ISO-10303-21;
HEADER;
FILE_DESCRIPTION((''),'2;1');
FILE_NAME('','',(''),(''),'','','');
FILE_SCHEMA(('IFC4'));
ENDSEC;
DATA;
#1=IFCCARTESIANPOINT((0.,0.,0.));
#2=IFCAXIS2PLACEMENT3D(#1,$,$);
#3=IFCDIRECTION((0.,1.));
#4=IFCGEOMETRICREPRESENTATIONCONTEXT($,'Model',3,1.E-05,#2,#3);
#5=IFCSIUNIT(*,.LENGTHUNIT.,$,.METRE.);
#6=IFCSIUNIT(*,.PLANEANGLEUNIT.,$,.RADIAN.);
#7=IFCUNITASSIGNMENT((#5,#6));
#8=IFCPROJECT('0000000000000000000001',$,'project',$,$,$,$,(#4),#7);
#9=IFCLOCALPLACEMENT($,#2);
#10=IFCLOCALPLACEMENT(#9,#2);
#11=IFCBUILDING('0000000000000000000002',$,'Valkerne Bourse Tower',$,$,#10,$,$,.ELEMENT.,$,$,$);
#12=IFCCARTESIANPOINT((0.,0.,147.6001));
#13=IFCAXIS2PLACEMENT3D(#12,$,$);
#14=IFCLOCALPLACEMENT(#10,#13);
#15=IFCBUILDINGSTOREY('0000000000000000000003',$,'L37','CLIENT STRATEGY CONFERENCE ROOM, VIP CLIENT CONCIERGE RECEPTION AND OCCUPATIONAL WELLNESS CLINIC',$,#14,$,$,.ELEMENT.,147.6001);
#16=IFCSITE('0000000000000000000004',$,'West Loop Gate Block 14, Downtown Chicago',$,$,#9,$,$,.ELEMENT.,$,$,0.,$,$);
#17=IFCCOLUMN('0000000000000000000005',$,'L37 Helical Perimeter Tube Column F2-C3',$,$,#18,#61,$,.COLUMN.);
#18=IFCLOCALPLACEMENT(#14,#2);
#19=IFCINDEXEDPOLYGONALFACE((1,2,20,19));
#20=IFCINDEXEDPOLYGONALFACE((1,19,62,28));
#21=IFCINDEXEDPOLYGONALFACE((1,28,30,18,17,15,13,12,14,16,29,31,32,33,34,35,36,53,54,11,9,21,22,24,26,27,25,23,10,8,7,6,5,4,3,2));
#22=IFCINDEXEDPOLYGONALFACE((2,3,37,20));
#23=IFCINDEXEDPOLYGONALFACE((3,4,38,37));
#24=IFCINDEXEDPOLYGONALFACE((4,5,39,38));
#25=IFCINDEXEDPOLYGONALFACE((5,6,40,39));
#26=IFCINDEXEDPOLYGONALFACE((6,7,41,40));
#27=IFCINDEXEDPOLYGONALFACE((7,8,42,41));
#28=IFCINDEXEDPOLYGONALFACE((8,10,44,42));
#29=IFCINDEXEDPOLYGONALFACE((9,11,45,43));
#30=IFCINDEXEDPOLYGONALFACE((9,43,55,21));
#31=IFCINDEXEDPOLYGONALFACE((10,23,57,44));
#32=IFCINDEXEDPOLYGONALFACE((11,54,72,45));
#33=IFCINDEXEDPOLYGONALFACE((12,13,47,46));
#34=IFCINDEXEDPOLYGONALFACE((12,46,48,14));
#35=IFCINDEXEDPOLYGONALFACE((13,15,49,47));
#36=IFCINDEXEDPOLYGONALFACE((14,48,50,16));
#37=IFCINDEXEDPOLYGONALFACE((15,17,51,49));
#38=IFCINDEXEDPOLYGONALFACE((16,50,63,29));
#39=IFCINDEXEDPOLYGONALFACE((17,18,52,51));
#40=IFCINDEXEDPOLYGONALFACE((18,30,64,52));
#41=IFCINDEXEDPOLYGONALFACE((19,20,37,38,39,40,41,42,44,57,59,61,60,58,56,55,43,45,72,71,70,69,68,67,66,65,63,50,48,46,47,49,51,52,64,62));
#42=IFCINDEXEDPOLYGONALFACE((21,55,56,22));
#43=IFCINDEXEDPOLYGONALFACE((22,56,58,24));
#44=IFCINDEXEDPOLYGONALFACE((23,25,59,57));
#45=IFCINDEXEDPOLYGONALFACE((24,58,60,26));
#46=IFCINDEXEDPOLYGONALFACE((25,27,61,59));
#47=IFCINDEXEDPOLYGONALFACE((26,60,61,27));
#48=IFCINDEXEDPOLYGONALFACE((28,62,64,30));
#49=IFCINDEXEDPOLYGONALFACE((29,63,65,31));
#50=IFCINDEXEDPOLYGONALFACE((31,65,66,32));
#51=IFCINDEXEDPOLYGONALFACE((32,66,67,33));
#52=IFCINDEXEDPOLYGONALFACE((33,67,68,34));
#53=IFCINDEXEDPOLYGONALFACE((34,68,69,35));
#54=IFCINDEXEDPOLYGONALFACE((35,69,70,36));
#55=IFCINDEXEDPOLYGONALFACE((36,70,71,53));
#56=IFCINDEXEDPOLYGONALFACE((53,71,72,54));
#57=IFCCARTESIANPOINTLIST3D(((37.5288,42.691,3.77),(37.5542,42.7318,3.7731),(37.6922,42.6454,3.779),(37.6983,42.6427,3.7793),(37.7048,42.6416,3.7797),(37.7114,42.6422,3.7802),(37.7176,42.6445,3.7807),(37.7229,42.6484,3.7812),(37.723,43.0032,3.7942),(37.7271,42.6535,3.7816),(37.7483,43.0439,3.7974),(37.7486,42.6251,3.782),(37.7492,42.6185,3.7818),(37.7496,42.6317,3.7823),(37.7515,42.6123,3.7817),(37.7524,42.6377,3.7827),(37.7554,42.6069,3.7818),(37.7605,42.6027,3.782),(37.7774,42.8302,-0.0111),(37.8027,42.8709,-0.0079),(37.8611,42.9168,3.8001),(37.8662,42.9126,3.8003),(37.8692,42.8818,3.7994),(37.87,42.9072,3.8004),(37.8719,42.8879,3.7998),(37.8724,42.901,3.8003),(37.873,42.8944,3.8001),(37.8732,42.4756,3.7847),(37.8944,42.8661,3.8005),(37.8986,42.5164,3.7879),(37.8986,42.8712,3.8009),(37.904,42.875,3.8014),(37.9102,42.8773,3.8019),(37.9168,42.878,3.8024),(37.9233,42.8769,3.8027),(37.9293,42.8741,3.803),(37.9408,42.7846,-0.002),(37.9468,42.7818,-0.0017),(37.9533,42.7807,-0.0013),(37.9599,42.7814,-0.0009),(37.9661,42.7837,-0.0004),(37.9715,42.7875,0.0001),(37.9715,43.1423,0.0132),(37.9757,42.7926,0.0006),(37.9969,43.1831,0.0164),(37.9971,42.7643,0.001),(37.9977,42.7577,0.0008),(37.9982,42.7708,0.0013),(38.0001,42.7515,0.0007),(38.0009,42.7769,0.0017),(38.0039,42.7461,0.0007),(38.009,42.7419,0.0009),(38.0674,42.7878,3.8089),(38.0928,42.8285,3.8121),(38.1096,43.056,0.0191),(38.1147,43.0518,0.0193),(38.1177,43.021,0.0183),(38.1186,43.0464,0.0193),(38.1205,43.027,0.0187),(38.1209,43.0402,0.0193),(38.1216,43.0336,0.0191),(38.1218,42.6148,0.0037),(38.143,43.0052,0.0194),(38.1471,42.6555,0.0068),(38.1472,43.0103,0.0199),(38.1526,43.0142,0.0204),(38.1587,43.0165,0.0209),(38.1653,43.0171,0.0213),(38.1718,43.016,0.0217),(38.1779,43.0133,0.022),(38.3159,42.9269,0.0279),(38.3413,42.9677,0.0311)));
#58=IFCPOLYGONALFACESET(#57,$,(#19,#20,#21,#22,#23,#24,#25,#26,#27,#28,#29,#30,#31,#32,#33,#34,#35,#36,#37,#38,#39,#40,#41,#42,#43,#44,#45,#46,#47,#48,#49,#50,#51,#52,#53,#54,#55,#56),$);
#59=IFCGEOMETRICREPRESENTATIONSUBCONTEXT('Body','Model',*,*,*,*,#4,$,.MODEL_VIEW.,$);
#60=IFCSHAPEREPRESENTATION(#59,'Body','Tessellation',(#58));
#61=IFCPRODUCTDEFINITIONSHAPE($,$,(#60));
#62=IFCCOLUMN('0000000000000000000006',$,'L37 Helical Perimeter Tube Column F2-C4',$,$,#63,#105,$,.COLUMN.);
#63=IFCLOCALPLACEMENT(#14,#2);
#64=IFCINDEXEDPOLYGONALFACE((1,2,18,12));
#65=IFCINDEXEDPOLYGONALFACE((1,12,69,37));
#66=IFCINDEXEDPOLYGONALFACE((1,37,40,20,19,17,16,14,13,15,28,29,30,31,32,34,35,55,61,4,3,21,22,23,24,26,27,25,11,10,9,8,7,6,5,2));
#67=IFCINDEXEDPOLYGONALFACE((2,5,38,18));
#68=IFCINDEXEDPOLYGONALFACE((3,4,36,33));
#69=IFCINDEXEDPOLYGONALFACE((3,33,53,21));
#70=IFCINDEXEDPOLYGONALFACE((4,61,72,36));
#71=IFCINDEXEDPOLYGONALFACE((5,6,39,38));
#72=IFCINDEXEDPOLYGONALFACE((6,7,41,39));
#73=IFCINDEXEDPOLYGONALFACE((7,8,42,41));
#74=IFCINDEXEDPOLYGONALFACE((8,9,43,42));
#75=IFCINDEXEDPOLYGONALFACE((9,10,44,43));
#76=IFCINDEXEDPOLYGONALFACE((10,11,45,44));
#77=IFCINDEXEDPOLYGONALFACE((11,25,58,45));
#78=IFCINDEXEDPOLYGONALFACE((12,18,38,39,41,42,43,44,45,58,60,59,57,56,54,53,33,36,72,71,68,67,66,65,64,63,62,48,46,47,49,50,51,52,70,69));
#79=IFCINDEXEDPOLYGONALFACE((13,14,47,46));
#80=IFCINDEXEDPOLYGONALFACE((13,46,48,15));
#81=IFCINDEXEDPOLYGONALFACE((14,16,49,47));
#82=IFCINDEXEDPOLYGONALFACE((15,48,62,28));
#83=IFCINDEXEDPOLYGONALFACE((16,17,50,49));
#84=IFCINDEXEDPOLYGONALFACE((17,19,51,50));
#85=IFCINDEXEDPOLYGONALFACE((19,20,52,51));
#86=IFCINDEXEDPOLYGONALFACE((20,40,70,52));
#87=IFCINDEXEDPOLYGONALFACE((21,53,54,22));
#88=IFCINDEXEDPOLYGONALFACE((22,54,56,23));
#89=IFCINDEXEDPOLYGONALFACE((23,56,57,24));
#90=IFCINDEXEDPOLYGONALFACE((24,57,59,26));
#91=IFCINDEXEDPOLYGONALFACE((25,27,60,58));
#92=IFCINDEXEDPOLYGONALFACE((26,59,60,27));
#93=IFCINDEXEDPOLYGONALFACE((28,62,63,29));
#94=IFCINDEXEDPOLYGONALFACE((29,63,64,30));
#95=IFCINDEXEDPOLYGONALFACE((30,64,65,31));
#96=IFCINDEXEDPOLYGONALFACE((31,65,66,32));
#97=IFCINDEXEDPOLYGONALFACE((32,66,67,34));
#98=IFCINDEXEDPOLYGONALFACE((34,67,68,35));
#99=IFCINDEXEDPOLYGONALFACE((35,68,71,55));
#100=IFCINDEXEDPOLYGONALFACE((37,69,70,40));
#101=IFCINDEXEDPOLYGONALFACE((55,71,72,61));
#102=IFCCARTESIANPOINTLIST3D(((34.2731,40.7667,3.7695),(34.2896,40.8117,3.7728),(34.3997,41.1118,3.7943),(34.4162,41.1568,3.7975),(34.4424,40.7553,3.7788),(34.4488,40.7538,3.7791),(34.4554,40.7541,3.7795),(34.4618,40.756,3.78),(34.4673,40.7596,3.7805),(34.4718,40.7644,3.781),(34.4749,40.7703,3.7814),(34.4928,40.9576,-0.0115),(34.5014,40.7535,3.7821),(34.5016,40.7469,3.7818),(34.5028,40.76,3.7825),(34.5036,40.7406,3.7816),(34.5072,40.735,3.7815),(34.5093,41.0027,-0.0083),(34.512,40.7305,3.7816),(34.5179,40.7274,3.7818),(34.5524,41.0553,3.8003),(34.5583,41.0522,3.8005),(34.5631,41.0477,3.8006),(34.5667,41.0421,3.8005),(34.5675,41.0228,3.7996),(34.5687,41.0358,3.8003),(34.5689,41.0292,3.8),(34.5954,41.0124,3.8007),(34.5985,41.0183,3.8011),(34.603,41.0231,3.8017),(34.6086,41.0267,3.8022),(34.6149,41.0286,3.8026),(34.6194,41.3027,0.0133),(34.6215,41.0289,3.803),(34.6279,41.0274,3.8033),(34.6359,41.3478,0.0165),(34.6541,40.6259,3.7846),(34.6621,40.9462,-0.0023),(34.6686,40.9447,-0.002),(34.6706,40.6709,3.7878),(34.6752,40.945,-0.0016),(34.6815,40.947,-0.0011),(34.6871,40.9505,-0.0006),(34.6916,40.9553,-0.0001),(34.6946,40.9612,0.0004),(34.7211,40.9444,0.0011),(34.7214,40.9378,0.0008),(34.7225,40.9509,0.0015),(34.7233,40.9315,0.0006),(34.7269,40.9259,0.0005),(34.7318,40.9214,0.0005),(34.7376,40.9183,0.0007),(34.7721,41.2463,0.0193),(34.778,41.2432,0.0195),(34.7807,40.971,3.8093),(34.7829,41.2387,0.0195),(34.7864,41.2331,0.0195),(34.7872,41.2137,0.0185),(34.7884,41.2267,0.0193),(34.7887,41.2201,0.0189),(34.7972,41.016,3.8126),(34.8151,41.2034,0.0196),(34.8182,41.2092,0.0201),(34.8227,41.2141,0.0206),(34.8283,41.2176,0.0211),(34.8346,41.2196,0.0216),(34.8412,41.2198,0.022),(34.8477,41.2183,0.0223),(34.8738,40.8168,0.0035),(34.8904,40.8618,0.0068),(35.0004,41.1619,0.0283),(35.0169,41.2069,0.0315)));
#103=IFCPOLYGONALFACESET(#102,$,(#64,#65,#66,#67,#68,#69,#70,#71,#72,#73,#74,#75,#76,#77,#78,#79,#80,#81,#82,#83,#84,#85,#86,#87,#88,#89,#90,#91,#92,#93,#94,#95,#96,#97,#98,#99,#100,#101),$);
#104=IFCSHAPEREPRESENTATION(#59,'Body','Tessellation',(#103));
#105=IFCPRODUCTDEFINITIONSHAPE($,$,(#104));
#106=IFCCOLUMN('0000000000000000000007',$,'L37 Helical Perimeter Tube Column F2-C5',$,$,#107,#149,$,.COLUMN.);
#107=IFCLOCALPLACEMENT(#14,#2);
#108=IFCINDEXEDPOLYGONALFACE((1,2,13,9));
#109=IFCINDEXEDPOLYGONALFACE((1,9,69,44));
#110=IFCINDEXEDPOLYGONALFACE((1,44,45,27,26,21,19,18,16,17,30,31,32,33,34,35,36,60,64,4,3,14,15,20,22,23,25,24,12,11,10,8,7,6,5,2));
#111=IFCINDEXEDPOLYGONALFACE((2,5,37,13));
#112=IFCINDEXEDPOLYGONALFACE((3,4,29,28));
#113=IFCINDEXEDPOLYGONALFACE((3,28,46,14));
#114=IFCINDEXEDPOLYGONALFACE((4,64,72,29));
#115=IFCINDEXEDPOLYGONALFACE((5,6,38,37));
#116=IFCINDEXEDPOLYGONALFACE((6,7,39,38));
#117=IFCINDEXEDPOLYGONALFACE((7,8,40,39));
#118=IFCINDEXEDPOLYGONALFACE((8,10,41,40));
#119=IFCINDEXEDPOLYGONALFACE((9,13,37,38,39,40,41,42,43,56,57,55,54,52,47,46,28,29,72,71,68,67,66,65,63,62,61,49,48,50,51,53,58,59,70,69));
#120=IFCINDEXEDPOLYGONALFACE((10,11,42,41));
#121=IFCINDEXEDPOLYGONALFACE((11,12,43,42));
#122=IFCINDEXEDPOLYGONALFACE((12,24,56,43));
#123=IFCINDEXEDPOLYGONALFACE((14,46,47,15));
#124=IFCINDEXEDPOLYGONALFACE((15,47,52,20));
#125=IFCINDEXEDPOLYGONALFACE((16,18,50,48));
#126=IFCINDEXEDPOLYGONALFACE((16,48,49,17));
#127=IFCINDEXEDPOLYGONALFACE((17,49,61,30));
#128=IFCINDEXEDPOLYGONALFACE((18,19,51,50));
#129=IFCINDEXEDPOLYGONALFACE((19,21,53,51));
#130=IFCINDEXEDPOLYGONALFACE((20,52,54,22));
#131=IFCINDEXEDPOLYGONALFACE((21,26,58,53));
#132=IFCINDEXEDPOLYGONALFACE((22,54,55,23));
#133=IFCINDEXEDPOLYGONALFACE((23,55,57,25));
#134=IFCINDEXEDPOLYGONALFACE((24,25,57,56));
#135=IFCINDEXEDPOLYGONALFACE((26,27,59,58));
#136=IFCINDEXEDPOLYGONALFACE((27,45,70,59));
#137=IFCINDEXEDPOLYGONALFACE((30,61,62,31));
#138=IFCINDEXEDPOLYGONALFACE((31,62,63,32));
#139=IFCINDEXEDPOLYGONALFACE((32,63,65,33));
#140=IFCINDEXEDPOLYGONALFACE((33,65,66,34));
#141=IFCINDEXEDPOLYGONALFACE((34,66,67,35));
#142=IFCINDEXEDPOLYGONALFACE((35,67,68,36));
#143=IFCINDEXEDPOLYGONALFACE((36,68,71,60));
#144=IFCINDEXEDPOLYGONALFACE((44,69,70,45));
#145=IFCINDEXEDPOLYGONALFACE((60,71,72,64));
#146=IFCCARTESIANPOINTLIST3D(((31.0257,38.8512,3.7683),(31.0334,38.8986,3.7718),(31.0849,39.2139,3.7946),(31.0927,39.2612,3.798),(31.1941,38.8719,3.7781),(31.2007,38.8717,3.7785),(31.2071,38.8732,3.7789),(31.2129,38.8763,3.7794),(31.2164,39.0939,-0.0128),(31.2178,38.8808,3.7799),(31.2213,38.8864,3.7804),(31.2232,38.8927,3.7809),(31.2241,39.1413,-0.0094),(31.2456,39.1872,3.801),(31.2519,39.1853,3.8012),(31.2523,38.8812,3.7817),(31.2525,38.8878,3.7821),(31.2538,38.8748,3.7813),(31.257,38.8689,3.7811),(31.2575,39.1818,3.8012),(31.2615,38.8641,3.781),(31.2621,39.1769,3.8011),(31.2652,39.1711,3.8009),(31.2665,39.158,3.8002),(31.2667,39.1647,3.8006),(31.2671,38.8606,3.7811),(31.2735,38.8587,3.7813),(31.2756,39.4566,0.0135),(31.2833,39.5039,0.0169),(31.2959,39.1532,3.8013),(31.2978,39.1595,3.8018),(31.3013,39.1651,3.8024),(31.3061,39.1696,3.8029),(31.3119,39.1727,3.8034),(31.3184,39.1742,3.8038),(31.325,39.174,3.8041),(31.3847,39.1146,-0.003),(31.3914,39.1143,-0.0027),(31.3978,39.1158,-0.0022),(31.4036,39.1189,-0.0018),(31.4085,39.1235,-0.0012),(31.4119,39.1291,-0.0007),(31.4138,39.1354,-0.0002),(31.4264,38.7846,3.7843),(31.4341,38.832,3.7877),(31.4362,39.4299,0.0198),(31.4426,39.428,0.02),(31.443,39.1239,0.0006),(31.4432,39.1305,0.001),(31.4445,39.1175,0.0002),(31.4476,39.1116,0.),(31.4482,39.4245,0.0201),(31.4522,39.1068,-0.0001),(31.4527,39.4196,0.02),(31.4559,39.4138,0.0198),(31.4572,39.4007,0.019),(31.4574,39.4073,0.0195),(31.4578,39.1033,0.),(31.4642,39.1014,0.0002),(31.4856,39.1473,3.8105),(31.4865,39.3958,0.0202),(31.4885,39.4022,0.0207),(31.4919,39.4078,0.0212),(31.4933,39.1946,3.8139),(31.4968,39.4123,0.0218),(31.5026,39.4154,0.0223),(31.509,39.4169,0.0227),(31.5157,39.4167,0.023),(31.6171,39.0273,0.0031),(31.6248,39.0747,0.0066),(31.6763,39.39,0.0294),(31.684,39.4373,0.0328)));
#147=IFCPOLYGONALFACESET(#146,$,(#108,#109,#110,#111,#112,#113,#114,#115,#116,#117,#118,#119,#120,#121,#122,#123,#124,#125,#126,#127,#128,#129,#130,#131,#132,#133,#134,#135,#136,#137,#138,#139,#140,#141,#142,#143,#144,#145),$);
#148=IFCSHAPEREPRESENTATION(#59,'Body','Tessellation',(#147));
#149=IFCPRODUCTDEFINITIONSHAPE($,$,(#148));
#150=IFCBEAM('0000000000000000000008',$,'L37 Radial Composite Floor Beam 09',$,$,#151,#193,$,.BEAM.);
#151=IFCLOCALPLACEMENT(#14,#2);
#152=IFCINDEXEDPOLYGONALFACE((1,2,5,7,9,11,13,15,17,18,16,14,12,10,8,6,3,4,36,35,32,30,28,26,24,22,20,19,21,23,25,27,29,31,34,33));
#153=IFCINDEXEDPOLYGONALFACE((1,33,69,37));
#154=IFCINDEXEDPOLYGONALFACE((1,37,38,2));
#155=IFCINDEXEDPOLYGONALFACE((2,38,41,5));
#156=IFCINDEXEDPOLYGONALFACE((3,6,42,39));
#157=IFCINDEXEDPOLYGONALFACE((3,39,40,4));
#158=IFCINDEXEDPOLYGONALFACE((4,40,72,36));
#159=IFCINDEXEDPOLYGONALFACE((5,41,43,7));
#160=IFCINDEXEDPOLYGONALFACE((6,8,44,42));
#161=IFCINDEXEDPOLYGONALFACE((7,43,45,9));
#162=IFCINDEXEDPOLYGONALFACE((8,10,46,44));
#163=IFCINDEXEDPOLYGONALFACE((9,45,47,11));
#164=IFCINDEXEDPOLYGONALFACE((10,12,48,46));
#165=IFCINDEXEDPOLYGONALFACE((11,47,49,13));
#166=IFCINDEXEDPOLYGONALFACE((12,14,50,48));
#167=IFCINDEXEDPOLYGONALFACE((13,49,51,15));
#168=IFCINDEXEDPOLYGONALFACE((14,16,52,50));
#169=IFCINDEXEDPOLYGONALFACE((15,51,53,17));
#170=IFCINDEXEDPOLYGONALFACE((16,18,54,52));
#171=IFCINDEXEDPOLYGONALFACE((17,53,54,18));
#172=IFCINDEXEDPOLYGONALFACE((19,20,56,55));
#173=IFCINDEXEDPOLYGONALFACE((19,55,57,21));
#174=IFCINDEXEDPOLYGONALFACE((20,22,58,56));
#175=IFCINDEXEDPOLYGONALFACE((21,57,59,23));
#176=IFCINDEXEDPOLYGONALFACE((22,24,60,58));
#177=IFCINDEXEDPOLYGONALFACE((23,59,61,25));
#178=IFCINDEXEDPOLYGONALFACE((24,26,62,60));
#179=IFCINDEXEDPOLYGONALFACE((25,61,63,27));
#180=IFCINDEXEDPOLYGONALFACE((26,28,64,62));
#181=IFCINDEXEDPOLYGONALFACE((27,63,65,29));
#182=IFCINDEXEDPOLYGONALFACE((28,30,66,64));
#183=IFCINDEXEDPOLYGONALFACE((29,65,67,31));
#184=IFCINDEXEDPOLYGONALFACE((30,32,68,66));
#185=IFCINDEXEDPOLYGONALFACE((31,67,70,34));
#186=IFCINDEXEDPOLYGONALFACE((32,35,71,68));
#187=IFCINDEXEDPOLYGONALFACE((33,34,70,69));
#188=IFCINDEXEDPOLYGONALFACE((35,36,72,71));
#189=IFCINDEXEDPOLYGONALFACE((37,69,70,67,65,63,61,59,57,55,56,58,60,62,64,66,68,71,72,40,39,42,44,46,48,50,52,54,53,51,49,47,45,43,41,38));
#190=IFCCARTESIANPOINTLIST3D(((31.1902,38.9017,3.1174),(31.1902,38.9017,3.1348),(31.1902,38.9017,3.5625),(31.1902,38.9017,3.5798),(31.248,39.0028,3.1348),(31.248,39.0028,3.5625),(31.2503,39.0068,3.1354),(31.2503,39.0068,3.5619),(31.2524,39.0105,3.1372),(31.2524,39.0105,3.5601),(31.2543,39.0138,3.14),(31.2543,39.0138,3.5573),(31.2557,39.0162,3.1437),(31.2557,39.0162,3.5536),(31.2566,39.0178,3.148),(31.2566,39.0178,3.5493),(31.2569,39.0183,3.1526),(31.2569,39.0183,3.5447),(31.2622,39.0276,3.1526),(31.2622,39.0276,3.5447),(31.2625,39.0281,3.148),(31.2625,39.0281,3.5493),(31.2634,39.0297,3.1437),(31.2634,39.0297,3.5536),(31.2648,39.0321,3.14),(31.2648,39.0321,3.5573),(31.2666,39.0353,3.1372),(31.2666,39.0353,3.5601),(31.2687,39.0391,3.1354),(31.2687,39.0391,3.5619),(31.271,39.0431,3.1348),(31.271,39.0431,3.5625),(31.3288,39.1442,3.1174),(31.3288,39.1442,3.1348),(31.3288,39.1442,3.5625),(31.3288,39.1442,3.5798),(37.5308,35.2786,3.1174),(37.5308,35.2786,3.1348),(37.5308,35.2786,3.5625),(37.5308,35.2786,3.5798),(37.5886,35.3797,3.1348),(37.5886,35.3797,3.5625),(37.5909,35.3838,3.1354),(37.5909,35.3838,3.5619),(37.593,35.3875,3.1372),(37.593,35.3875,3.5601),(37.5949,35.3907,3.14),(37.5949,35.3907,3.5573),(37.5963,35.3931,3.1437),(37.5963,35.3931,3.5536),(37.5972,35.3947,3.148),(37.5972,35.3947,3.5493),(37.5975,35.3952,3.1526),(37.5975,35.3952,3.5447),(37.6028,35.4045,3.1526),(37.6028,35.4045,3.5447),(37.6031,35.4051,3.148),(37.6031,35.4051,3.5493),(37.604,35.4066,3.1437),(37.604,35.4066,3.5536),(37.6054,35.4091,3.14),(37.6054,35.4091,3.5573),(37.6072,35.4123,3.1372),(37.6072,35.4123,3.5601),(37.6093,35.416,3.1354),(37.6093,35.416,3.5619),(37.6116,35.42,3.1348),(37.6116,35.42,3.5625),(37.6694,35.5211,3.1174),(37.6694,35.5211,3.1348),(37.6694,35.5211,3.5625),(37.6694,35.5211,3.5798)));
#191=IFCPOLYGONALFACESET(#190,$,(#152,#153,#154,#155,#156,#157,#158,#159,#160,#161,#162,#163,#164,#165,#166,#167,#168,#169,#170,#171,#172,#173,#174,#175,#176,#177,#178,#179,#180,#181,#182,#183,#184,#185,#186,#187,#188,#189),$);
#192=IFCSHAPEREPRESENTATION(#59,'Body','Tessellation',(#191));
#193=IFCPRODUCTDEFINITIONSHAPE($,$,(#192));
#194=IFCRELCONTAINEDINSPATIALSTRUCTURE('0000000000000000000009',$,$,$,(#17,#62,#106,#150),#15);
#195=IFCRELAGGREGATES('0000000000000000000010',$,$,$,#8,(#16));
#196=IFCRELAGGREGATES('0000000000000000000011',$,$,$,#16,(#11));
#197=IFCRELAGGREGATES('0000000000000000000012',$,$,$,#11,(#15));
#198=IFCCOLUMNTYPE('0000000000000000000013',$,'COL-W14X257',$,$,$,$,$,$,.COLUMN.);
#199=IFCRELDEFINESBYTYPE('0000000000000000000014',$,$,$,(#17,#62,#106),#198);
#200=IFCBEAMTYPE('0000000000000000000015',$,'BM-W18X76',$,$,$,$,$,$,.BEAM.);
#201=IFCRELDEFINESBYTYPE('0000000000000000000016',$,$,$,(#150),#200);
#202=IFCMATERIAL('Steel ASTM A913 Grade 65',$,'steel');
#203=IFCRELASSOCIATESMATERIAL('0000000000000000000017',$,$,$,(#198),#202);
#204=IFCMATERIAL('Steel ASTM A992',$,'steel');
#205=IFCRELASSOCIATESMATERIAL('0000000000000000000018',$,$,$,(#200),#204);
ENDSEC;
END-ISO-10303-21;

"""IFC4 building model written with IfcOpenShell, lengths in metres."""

from ifc_helpers import new_model, si_unit, direction, frame, origin, origin_2d, place, context, subcontext, project, spatial, i_section, extrude, material, material_profile, profile_set, type_object, element, save


model = new_model("IFC4")

# Units and contexts
model_context = context("Model", 3, precision=1e-05, world=origin(), true_north=direction((0.0, 1.0)))
body_context = subcontext(model_context, "Body", "Model", "MODEL_VIEW")
ifc_project = project(units=[si_unit("LENGTHUNIT", "METRE"), si_unit("PLANEANGLEUNIT", "RADIAN")], contexts=[model_context])

# Site, building, storey
site_placement = place(None, origin())
site = spatial("IfcSite", under=ifc_project, at=site_placement, Name="West Loop Gate Block 14, Downtown Chicago", CompositionType="ELEMENT", RefElevation=0.0)
building_placement = place(site_placement, origin())
building = spatial("IfcBuilding", under=site, at=building_placement, Name="Valkerne Bourse Tower", CompositionType="ELEMENT")
storey_placement = place(building_placement, frame((0.0, 0.0, 147.6001)))
storey = spatial("IfcBuildingStorey", under=building, at=storey_placement, Name="L37", Description="CLIENT STRATEGY CONFERENCE ROOM, VIP CLIENT CONCIERGE RECEPTION AND OCCUPATIONAL WELLNESS CLINIC", CompositionType="ELEMENT", Elevation=147.6001)

# Columns
ifc_material_1 = material(Name="Steel ASTM A913 Grade 65", Category="steel")
ifc_material_profile_1 = material_profile(ifc_material_1, i_section(OverallWidth=0.4065, OverallDepth=0.4165, WebThickness=0.0298, FlangeThickness=0.0481, FilletRadius=0.0254, at=origin_2d()), Name="W14X257")
ifc_profile_set_1 = profile_set([ifc_material_profile_1], Name="Steel ASTM A913 Grade 65")
column_type = type_object("IfcColumnType", Name="COL-W14X257", PredefinedType="COLUMN", material=ifc_profile_set_1)
column_1_placement = place(storey_placement, frame((38.0593, 42.8989, 0.01), z_axis=(-0.065547, -0.036701, 0.997174), x_axis=(-0.84728, 0.529912, -0.03619)))
element("IfcColumn", 1, at=column_1_placement, inside=storey, type_object=column_type, Name="L37 Helical Perimeter Tube Column F2-C3", PredefinedType="COLUMN", context=body_context, shape_type="SweptSolid", body=[
    extrude(i_section(OverallWidth=0.4065, OverallDepth=0.4165, WebThickness=0.0298, FlangeThickness=0.0481, FilletRadius=0.0254, at=origin_2d()), origin(), (0.0, 0.0, 1.0), 3.7917),
])
column_2_placement = place(storey_placement, frame((34.7549, 41.0823, 0.01), z_axis=(-0.057942, -0.050345, 0.99705), x_axis=(-0.937342, 0.346443, -0.036979)))
element("IfcColumn", 2, at=column_2_placement, inside=storey, type_object=column_type, Name="L37 Helical Perimeter Tube Column F2-C4", PredefinedType="COLUMN", context=body_context, shape_type="SweptSolid", body=[
    extrude(i_section(OverallWidth=0.4065, OverallDepth=0.4165, WebThickness=0.0298, FlangeThickness=0.0481, FilletRadius=0.0254, at=origin_2d()), origin(), (0.0, 0.0, 1.0), 3.7922),
])
column_3_placement = place(storey_placement, frame((31.4502, 39.2656, 0.01), z_axis=(-0.050262, -0.06397, 0.996685), x_axis=(-0.985707, 0.163845, -0.039193)))
element("IfcColumn", 3, at=column_3_placement, inside=storey, type_object=column_type, Name="L37 Helical Perimeter Tube Column F2-C5", PredefinedType="COLUMN", context=body_context, shape_type="SweptSolid", body=[
    extrude(i_section(OverallWidth=0.4065, OverallDepth=0.4165, WebThickness=0.0298, FlangeThickness=0.0481, FilletRadius=0.0254, at=origin_2d()), origin(), (0.0, 0.0, 1.0), 3.7937),
])

# Beam
ifc_material_2 = material(Name="Steel ASTM A992", Category="steel")
ifc_material_profile_2 = material_profile(ifc_material_2, i_section(OverallWidth=0.2793, OverallDepth=0.4624, WebThickness=0.0107, FlangeThickness=0.0173, FilletRadius=0.0178, at=origin_2d()), Name="W18X76")
ifc_profile_set_2 = profile_set([ifc_material_profile_2], Name="Steel ASTM A992")
beam_type_1 = type_object("IfcBeamType", Name="BM-W18X76", PredefinedType="BEAM", material=ifc_profile_set_2)
beam_1_placement = place(storey_placement, frame((31.2595, 39.0229, 3.3486), z_axis=(0.868251, -0.496125, 0.0), x_axis=(0.496125, 0.868251, 0.0)))
element("IfcBeam", 4, at=beam_1_placement, inside=storey, type_object=beam_type_1, Name="L37 Radial Composite Floor Beam 09", PredefinedType="BEAM", context=body_context, shape_type="SweptSolid", body=[
    extrude(i_section(OverallWidth=0.2793, OverallDepth=0.4624, WebThickness=0.0107, FlangeThickness=0.0173, FilletRadius=0.0178, at=origin_2d()), origin(), (0.0, 0.0, 1.0), 7.3027),
])

save(model, "model.ifc")
